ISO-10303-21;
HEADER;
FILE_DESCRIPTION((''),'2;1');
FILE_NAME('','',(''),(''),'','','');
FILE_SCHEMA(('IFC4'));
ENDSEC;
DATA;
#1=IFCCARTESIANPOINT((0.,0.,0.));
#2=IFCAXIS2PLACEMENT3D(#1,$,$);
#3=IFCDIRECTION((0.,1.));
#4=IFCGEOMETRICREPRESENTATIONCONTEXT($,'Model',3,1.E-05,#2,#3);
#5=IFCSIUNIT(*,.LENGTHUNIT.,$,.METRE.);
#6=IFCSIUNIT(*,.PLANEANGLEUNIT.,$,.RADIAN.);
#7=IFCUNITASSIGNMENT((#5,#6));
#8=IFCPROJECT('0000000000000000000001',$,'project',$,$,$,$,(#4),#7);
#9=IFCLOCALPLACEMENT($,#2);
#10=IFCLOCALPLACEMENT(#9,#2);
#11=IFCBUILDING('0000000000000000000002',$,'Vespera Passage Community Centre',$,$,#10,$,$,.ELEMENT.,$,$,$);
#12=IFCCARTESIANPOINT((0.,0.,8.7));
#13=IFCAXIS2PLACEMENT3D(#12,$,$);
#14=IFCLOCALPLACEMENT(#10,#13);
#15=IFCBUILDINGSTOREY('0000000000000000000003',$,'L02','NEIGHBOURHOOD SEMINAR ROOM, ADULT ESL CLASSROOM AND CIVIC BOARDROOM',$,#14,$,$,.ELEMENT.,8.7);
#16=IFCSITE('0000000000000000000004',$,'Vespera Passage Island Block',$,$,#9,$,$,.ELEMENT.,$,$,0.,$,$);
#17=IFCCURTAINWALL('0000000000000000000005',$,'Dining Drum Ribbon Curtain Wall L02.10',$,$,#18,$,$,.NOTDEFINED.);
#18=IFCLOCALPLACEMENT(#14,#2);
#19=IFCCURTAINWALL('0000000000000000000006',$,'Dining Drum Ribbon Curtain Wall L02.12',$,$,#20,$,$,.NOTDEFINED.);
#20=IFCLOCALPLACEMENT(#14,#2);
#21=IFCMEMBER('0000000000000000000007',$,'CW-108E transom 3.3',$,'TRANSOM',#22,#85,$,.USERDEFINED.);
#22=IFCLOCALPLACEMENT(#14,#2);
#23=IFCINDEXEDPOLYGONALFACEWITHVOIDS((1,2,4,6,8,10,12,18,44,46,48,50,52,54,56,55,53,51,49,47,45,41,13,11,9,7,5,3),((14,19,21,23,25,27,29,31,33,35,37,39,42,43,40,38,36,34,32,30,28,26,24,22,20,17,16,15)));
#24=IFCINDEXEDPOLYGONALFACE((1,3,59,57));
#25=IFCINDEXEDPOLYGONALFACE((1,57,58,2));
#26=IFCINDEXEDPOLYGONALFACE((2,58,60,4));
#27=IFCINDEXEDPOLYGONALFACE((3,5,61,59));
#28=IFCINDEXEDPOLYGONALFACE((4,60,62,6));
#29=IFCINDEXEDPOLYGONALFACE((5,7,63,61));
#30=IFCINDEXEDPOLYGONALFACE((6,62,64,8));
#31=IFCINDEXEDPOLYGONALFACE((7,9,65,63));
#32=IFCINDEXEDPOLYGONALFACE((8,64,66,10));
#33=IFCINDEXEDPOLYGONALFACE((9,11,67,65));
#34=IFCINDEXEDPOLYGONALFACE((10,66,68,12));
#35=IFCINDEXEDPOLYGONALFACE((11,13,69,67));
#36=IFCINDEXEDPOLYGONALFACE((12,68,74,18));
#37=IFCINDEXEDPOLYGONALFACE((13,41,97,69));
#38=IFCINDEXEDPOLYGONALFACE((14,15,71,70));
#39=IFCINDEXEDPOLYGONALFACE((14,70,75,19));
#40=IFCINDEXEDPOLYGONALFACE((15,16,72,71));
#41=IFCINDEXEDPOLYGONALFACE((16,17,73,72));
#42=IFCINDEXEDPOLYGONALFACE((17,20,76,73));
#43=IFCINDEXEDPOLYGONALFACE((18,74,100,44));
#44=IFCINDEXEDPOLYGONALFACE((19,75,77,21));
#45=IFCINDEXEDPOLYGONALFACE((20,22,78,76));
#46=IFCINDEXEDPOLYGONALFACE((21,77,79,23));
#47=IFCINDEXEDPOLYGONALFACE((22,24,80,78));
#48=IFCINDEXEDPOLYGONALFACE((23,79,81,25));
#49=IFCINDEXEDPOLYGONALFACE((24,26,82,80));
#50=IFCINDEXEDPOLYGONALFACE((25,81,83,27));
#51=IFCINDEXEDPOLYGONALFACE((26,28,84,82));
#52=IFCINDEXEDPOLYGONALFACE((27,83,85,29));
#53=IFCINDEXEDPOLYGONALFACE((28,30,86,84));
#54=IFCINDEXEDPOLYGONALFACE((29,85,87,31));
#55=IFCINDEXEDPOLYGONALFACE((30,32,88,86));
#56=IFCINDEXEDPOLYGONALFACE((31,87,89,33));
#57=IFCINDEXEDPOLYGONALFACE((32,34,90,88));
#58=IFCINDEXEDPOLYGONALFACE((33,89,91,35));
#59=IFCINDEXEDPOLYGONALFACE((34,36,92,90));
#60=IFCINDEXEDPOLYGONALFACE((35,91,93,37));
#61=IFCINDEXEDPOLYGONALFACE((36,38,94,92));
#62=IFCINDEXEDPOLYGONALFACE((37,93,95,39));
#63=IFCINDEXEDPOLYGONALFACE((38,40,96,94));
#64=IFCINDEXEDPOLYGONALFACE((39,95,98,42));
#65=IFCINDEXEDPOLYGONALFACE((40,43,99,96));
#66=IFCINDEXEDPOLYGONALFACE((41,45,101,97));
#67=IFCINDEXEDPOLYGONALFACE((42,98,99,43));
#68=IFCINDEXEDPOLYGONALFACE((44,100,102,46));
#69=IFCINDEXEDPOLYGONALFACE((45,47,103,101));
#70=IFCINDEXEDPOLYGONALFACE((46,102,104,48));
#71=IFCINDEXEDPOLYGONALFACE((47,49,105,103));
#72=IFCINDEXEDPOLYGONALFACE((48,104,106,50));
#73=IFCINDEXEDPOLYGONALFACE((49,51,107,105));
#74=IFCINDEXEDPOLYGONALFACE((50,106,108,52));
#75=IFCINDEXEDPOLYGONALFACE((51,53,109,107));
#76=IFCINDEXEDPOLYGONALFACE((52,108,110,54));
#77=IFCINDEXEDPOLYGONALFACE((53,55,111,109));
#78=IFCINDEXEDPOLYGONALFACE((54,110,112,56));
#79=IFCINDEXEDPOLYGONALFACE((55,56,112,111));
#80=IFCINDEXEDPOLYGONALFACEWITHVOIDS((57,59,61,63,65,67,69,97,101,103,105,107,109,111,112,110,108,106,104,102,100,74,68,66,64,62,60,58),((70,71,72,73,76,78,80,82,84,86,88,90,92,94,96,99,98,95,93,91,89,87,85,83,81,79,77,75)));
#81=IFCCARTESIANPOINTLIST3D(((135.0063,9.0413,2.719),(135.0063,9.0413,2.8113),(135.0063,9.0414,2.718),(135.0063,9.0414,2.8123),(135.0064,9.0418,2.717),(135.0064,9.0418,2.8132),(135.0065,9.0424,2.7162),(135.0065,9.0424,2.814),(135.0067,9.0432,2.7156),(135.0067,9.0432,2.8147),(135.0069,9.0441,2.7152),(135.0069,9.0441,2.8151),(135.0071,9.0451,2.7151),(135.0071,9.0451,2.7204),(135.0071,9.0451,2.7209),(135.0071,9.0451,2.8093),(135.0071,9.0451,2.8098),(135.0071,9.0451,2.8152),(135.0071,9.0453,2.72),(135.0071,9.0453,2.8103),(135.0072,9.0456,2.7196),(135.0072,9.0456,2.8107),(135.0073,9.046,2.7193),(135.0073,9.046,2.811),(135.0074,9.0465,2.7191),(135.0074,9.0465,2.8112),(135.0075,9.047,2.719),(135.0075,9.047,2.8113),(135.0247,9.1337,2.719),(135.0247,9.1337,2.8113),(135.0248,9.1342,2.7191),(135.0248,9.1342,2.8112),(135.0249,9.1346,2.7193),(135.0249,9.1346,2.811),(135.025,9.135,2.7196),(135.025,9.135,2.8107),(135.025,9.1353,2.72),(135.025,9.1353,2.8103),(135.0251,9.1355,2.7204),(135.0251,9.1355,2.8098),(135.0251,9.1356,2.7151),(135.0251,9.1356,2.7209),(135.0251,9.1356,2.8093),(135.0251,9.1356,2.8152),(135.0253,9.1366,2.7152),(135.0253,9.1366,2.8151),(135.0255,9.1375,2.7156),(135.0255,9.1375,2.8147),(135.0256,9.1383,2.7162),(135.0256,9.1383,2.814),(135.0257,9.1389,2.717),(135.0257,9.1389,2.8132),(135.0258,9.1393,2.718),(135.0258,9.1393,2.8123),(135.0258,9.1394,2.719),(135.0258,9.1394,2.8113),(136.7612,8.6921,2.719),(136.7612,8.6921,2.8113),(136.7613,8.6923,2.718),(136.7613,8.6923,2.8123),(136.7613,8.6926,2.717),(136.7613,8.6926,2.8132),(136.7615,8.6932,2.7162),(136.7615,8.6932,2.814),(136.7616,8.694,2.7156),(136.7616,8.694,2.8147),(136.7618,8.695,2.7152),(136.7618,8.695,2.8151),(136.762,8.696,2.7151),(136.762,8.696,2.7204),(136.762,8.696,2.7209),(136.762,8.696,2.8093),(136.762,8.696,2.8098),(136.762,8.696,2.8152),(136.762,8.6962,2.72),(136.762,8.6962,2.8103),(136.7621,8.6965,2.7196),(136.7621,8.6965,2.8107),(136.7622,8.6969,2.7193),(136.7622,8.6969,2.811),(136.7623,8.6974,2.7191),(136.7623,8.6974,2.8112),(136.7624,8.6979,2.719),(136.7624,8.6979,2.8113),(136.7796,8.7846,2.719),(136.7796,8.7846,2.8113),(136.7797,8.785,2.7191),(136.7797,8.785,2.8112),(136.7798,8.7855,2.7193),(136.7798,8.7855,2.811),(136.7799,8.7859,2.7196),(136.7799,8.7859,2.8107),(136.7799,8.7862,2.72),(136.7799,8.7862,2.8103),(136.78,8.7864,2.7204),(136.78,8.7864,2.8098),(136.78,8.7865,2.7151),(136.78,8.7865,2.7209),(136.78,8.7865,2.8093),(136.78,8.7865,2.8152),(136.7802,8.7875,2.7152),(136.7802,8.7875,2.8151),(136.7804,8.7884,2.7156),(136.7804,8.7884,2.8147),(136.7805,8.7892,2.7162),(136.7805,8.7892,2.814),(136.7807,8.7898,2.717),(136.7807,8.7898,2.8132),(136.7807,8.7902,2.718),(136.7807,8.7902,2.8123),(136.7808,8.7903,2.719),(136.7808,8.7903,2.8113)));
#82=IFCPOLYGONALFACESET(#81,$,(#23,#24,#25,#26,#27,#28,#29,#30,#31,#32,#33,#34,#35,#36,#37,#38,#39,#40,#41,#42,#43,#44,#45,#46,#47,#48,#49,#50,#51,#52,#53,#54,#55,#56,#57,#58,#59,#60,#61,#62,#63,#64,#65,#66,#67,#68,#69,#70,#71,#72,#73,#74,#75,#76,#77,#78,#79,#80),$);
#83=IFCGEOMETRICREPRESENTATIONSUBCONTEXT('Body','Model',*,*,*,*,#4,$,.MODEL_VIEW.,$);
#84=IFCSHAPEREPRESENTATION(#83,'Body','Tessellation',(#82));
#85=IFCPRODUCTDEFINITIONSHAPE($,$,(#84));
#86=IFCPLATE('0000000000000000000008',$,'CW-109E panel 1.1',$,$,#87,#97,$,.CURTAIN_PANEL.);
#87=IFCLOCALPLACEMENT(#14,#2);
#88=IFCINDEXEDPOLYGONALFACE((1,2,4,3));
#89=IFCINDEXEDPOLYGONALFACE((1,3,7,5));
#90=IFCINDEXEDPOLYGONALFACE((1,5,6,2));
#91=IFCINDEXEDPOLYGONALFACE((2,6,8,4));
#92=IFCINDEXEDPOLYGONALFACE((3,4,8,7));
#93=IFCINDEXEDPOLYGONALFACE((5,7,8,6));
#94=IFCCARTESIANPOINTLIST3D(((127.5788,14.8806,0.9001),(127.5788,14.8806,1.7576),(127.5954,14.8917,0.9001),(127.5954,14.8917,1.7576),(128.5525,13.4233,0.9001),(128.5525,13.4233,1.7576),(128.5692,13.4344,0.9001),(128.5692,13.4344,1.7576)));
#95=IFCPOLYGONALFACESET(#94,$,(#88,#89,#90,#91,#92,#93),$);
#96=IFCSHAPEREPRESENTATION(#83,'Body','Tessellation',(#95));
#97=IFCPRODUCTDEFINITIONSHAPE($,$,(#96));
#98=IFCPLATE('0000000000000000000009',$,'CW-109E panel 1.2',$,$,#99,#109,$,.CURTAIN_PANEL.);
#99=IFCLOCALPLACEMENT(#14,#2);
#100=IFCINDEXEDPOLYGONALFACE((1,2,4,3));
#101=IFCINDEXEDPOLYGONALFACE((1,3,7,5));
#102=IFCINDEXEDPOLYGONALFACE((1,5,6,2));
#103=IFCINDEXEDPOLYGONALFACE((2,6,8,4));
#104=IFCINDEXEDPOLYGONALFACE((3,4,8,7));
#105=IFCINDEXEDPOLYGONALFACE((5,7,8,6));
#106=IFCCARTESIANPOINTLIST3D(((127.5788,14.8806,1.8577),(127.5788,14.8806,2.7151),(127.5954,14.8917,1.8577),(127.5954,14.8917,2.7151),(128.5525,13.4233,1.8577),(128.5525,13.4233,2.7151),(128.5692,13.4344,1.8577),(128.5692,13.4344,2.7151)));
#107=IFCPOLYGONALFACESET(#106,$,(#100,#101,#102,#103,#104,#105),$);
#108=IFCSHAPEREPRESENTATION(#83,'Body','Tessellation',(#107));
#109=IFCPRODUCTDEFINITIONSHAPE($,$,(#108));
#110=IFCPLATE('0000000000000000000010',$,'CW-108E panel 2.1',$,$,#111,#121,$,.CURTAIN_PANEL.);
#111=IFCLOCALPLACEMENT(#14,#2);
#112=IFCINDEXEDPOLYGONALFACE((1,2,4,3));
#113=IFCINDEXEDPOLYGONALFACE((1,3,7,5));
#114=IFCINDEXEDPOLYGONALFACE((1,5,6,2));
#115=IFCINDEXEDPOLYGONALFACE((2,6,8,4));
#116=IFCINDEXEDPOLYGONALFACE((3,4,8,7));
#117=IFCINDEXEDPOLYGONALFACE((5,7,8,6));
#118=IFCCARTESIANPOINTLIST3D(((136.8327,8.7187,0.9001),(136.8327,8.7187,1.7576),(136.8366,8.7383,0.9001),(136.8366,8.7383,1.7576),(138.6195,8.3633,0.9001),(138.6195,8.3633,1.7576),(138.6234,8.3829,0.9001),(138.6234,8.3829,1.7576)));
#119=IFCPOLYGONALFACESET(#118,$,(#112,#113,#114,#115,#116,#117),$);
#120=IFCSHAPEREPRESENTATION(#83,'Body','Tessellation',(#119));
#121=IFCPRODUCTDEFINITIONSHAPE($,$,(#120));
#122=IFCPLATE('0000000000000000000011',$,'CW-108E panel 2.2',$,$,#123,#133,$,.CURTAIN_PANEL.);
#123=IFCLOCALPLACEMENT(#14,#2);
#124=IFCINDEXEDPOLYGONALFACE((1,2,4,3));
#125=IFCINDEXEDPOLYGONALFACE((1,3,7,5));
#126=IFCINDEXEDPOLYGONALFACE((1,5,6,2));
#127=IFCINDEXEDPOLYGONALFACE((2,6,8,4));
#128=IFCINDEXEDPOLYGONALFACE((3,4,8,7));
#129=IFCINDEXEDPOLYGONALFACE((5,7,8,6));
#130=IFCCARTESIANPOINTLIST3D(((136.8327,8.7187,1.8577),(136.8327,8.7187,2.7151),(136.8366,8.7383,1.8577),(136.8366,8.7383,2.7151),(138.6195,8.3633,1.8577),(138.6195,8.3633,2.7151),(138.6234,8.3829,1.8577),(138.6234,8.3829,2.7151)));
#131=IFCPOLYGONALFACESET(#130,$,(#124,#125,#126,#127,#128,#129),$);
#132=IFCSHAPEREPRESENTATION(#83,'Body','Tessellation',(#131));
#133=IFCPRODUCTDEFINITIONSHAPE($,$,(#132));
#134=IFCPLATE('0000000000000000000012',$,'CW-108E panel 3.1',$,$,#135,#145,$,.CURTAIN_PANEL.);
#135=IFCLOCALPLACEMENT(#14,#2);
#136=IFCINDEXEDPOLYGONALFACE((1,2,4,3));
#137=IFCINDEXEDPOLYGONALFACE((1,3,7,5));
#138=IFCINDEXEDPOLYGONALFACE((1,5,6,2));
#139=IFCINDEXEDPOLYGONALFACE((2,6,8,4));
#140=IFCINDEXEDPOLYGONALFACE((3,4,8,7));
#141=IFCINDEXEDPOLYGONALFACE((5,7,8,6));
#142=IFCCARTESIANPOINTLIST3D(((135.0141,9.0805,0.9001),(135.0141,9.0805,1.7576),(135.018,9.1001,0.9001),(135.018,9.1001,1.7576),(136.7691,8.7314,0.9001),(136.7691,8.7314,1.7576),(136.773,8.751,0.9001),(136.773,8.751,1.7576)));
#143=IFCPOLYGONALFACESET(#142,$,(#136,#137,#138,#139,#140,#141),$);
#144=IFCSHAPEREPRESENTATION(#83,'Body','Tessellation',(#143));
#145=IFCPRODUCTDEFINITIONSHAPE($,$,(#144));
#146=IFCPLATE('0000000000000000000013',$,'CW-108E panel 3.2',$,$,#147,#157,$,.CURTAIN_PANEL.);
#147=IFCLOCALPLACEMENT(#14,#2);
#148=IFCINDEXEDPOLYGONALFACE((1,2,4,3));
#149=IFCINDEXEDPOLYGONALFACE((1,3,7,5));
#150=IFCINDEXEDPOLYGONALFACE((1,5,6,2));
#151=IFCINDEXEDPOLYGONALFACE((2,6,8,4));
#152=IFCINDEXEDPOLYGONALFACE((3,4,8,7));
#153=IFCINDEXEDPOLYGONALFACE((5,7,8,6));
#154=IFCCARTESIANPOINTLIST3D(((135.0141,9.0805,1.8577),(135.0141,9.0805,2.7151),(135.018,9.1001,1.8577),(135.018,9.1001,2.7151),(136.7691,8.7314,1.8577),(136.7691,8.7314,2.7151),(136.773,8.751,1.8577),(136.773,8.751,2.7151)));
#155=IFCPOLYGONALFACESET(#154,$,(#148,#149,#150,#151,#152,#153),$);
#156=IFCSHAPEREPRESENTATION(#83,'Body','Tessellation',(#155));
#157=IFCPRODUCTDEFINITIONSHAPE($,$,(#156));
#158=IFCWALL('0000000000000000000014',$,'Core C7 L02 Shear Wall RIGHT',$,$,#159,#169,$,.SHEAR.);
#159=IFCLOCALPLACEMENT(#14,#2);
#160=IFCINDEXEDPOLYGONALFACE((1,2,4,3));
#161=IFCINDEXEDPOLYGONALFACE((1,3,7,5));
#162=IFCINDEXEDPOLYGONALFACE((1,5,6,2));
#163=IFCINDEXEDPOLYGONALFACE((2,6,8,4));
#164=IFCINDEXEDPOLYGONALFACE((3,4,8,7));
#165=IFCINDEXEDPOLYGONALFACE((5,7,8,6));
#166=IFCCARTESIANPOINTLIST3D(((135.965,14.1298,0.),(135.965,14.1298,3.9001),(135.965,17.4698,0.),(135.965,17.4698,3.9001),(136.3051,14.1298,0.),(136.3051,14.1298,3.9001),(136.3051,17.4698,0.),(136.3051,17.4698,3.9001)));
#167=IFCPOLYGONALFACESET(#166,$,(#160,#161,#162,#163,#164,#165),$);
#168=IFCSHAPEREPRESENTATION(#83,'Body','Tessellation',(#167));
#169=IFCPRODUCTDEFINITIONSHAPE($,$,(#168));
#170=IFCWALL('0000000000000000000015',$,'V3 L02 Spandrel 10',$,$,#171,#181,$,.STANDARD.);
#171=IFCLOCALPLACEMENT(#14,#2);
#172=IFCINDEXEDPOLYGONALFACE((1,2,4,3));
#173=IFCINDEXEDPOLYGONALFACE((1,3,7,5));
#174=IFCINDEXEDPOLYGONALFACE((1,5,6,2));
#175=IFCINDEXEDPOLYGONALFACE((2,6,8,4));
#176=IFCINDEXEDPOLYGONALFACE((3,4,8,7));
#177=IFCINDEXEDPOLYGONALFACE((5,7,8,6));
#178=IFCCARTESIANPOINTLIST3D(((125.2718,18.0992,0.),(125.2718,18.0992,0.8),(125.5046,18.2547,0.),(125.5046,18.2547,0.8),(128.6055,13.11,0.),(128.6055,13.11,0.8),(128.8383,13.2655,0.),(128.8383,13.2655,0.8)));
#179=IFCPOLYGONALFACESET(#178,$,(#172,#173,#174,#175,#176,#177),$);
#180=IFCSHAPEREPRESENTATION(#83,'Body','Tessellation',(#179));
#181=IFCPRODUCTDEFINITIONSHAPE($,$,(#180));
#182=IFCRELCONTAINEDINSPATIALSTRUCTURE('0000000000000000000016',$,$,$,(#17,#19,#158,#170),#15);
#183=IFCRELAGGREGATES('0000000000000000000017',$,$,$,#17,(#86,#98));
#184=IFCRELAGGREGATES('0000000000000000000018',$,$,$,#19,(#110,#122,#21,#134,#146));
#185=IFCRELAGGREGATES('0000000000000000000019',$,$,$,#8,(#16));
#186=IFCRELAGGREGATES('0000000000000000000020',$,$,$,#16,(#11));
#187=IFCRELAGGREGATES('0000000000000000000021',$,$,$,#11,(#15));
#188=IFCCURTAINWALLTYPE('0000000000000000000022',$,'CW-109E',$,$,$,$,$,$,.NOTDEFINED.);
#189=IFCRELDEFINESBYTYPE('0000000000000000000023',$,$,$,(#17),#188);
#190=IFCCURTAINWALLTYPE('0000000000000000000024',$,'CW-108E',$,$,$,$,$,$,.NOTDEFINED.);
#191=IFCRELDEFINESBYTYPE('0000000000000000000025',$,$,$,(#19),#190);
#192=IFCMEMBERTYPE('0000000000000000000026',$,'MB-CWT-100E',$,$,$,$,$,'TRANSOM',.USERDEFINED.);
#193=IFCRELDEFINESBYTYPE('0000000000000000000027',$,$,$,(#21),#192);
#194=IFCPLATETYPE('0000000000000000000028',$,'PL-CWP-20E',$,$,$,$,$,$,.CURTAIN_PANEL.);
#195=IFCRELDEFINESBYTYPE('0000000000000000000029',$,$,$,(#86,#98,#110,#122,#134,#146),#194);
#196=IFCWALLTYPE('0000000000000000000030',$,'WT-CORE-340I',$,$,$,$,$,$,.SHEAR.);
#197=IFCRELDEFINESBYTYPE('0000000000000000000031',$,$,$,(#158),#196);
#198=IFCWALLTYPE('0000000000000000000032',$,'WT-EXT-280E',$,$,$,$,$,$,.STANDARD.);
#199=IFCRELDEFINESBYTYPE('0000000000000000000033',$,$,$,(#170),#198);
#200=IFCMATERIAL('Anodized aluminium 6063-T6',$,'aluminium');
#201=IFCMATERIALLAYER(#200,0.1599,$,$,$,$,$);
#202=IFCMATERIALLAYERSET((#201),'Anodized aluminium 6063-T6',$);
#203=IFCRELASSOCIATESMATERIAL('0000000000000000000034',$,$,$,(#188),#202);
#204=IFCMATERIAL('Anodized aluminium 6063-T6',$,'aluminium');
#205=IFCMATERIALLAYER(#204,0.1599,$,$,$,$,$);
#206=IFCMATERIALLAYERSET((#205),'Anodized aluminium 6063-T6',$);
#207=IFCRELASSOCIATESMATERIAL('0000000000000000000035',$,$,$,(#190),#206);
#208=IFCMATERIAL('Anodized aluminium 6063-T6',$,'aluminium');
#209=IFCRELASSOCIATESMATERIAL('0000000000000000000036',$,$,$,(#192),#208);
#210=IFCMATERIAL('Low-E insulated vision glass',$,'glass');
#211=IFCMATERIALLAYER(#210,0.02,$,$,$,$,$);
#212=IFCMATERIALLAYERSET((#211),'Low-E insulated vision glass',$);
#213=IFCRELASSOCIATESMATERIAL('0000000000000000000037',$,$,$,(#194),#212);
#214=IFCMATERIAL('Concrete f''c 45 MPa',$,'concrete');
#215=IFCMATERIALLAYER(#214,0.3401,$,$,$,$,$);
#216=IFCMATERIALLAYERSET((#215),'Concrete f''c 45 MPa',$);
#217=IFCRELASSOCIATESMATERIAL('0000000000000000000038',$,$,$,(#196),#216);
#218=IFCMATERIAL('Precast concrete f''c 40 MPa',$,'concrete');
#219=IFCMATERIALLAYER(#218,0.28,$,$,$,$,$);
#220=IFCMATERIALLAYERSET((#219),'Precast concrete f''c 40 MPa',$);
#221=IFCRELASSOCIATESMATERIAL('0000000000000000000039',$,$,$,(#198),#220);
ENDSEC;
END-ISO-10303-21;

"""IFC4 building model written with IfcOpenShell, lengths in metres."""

from ifc_helpers import new_model, si_unit, direction, frame, frame_2d, origin, origin_2d, place, context, subcontext, project, spatial, rectangle, hollow_rectangle, extrude, material, layer, layer_set, material_profile, profile_set, type_object, element, aggregate, save


model = new_model("IFC4")

# Units and contexts
model_context = context("Model", 3, precision=1e-05, world=origin(), true_north=direction((0.0, 1.0)))
body_context = subcontext(model_context, "Body", "Model", "MODEL_VIEW")
ifc_project = project(units=[si_unit("LENGTHUNIT", "METRE"), si_unit("PLANEANGLEUNIT", "RADIAN")], contexts=[model_context])

# Site, building, storey
site_placement = place(None, origin())
site = spatial("IfcSite", under=ifc_project, at=site_placement, Name="Vespera Passage Island Block", CompositionType="ELEMENT", RefElevation=0.0)
building_placement = place(site_placement, origin())
building = spatial("IfcBuilding", under=site, at=building_placement, Name="Vespera Passage Community Centre", CompositionType="ELEMENT")
storey_placement = place(building_placement, frame((0.0, 0.0, 8.7)))
storey = spatial("IfcBuildingStorey", under=building, at=storey_placement, Name="L02", Description="NEIGHBOURHOOD SEMINAR ROOM, ADULT ESL CLASSROOM AND CIVIC BOARDROOM", CompositionType="ELEMENT", Elevation=8.7)

# Curtain walls
ifc_material_1 = material(Name="Anodized aluminium 6063-T6", Category="aluminium")
ifc_layer_1 = layer(ifc_material_1, 0.1599)
ifc_layer_set_1 = layer_set([ifc_layer_1], Name="Anodized aluminium 6063-T6")
curtain_wall_type_1 = type_object("IfcCurtainWallType", Name="CW-109E", PredefinedType="NOTDEFINED", material=ifc_layer_set_1)
curtain_wall_1_placement = place(storey_placement, origin())
curtain_wall_1 = element("IfcCurtainWall", 1, at=curtain_wall_1_placement, inside=storey, type_object=curtain_wall_type_1, Name="Dining Drum Ribbon Curtain Wall L02.10", PredefinedType="NOTDEFINED")
ifc_material_2 = material(Name="Anodized aluminium 6063-T6", Category="aluminium")
ifc_layer_2 = layer(ifc_material_2, 0.1599)
ifc_layer_set_2 = layer_set([ifc_layer_2], Name="Anodized aluminium 6063-T6")
curtain_wall_type_2 = type_object("IfcCurtainWallType", Name="CW-108E", PredefinedType="NOTDEFINED", material=ifc_layer_set_2)
curtain_wall_2_placement = place(storey_placement, origin())
curtain_wall_2 = element("IfcCurtainWall", 2, at=curtain_wall_2_placement, inside=storey, type_object=curtain_wall_type_2, Name="Dining Drum Ribbon Curtain Wall L02.12", PredefinedType="NOTDEFINED")

# Member
ifc_material_3 = material(Name="Anodized aluminium 6063-T6", Category="aluminium")
ifc_material_profile_1 = material_profile(ifc_material_3, hollow_rectangle(XDim=0.1001, YDim=0.1001, WallThickness=0.0039, InnerFilletRadius=0.002, OuterFilletRadius=0.0039, at=origin_2d()), Name="ALU100X100X4")
ifc_profile_set_1 = profile_set([ifc_material_profile_1], Name="Anodized aluminium 6063-T6")
member_type_1 = type_object("IfcMemberType", Name="MB-CWT-100E", ElementType="TRANSOM", PredefinedType="USERDEFINED", material=ifc_profile_set_1)
member_1_placement = place(storey_placement, frame((136.771, 8.7412, 2.7651), z_axis=(-0.98078, 0.195119, 0.0), x_axis=(-0.195119, -0.98078, 0.0)))
member_1 = element("IfcMember", 3, at=member_1_placement, type_object=member_type_1, Name="CW-108E transom 3.3", ObjectType="TRANSOM", PredefinedType="USERDEFINED", context=body_context, shape_type="SweptSolid", body=[
    extrude(hollow_rectangle(XDim=0.1001, YDim=0.1001, WallThickness=0.0039, InnerFilletRadius=0.002, OuterFilletRadius=0.0039, at=origin_2d()), origin(), (0.0, 0.0, 1.0), 1.7893),
])

# Plates
ifc_material_4 = material(Name="Low-E insulated vision glass", Category="glass")
ifc_layer_3 = layer(ifc_material_4, 0.02)
ifc_layer_set_3 = layer_set([ifc_layer_3], Name="Low-E insulated vision glass")
plate_type = type_object("IfcPlateType", Name="PL-CWP-20E", PredefinedType="CURTAIN_PANEL", material=ifc_layer_set_3)
plate_1_placement = place(storey_placement, frame((128.074, 14.1575, 0.9001), z_axis=(0.0, 0.0, 1.0), x_axis=(-0.555565, 0.831473, 0.0)))
plate_1 = element("IfcPlate", 4, at=plate_1_placement, type_object=plate_type, Name="CW-109E panel 1.1", PredefinedType="CURTAIN_PANEL", context=body_context, shape_type="SweptSolid", body=[
    extrude(rectangle(XDim=1.7527, YDim=0.02, at=origin_2d()), origin(), (0.0, 0.0, 1.0), 0.8574),
])
plate_2_placement = place(storey_placement, frame((128.074, 14.1575, 1.8577), z_axis=(0.0, 0.0, 1.0), x_axis=(-0.555565, 0.831473, 0.0)))
plate_2 = element("IfcPlate", 5, at=plate_2_placement, type_object=plate_type, Name="CW-109E panel 1.2", PredefinedType="CURTAIN_PANEL", context=body_context, shape_type="SweptSolid", body=[
    extrude(rectangle(XDim=1.7527, YDim=0.02, at=origin_2d()), origin(), (0.0, 0.0, 1.0), 0.8574),
])
aggregate(curtain_wall_1, [plate_1, plate_2])
plate_3_placement = place(storey_placement, frame((137.728, 8.5508, 0.9001), z_axis=(0.0, 0.0, 1.0), x_axis=(-0.980784, 0.195097, 0.0)))
plate_3 = element("IfcPlate", 6, at=plate_3_placement, type_object=plate_type, Name="CW-108E panel 2.1", PredefinedType="CURTAIN_PANEL", context=body_context, shape_type="SweptSolid", body=[
    extrude(rectangle(XDim=1.8218, YDim=0.02, at=origin_2d()), origin(), (0.0, 0.0, 1.0), 0.8574),
])
plate_4_placement = place(storey_placement, frame((137.728, 8.5508, 1.8577), z_axis=(0.0, 0.0, 1.0), x_axis=(-0.980784, 0.195097, 0.0)))
plate_4 = element("IfcPlate", 7, at=plate_4_placement, type_object=plate_type, Name="CW-108E panel 2.2", PredefinedType="CURTAIN_PANEL", context=body_context, shape_type="SweptSolid", body=[
    extrude(rectangle(XDim=1.8218, YDim=0.02, at=origin_2d()), origin(), (0.0, 0.0, 1.0), 0.8574),
])
plate_5_placement = place(storey_placement, frame((135.8936, 8.9158, 0.9001), z_axis=(0.0, 0.0, 1.0), x_axis=(-0.980784, 0.195097, 0.0)))
plate_5 = element("IfcPlate", 8, at=plate_5_placement, type_object=plate_type, Name="CW-108E panel 3.1", PredefinedType="CURTAIN_PANEL", context=body_context, shape_type="SweptSolid", body=[
    extrude(rectangle(XDim=1.7893, YDim=0.02, at=origin_2d()), origin(), (0.0, 0.0, 1.0), 0.8574),
])
plate_6_placement = place(storey_placement, frame((135.8936, 8.9158, 1.8577), z_axis=(0.0, 0.0, 1.0), x_axis=(-0.980784, 0.195097, 0.0)))
plate_6 = element("IfcPlate", 9, at=plate_6_placement, type_object=plate_type, Name="CW-108E panel 3.2", PredefinedType="CURTAIN_PANEL", context=body_context, shape_type="SweptSolid", body=[
    extrude(rectangle(XDim=1.7893, YDim=0.02, at=origin_2d()), origin(), (0.0, 0.0, 1.0), 0.8574),
])
aggregate(curtain_wall_2, [plate_3, plate_4, member_1, plate_5, plate_6])

# Walls
ifc_material_5 = material(Name="Concrete f'c 45 MPa", Category="concrete")
ifc_layer_4 = layer(ifc_material_5, 0.3401)
ifc_layer_set_4 = layer_set([ifc_layer_4], Name="Concrete f'c 45 MPa")
wall_type_1 = type_object("IfcWallType", Name="WT-CORE-340I", PredefinedType="SHEAR", material=ifc_layer_set_4)
wall_1_placement = place(storey_placement, frame((136.135, 14.1299, 0.0), z_axis=(0.0, 0.0, 1.0), x_axis=(0.0, 1.0, 0.0)))
element("IfcWall", 10, at=wall_1_placement, inside=storey, type_object=wall_type_1, Name="Core C7 L02 Shear Wall RIGHT", PredefinedType="SHEAR", context=body_context, shape_type="SweptSolid", body=[
    extrude(rectangle(XDim=3.3401, YDim=0.3401, at=frame_2d((1.6699, 0.0))), origin(), (0.0, 0.0, 1.0), 3.9001),
])
ifc_material_6 = material(Name="Precast concrete f'c 40 MPa", Category="concrete")
ifc_layer_5 = layer(ifc_material_6, 0.28)
ifc_layer_set_5 = layer_set([ifc_layer_5], Name="Precast concrete f'c 40 MPa")
wall_type_2 = type_object("IfcWallType", Name="WT-EXT-280E", PredefinedType="STANDARD", material=ifc_layer_set_5)
wall_2_placement = place(storey_placement, frame((128.7219, 13.1877, 0.0), z_axis=(0.0, 0.0, 1.0), x_axis=(-0.555573, 0.831468, 0.0)))
element("IfcWall", 11, at=wall_2_placement, inside=storey, type_object=wall_type_2, Name="V3 L02 Spandrel 10", PredefinedType="STANDARD", context=body_context, shape_type="SweptSolid", body=[
    extrude(rectangle(XDim=6.0005, YDim=0.28, at=frame_2d((3.0002, 0.0))), origin(), (0.0, 0.0, 1.0), 0.8),
])

save(model, "model.ifc")
